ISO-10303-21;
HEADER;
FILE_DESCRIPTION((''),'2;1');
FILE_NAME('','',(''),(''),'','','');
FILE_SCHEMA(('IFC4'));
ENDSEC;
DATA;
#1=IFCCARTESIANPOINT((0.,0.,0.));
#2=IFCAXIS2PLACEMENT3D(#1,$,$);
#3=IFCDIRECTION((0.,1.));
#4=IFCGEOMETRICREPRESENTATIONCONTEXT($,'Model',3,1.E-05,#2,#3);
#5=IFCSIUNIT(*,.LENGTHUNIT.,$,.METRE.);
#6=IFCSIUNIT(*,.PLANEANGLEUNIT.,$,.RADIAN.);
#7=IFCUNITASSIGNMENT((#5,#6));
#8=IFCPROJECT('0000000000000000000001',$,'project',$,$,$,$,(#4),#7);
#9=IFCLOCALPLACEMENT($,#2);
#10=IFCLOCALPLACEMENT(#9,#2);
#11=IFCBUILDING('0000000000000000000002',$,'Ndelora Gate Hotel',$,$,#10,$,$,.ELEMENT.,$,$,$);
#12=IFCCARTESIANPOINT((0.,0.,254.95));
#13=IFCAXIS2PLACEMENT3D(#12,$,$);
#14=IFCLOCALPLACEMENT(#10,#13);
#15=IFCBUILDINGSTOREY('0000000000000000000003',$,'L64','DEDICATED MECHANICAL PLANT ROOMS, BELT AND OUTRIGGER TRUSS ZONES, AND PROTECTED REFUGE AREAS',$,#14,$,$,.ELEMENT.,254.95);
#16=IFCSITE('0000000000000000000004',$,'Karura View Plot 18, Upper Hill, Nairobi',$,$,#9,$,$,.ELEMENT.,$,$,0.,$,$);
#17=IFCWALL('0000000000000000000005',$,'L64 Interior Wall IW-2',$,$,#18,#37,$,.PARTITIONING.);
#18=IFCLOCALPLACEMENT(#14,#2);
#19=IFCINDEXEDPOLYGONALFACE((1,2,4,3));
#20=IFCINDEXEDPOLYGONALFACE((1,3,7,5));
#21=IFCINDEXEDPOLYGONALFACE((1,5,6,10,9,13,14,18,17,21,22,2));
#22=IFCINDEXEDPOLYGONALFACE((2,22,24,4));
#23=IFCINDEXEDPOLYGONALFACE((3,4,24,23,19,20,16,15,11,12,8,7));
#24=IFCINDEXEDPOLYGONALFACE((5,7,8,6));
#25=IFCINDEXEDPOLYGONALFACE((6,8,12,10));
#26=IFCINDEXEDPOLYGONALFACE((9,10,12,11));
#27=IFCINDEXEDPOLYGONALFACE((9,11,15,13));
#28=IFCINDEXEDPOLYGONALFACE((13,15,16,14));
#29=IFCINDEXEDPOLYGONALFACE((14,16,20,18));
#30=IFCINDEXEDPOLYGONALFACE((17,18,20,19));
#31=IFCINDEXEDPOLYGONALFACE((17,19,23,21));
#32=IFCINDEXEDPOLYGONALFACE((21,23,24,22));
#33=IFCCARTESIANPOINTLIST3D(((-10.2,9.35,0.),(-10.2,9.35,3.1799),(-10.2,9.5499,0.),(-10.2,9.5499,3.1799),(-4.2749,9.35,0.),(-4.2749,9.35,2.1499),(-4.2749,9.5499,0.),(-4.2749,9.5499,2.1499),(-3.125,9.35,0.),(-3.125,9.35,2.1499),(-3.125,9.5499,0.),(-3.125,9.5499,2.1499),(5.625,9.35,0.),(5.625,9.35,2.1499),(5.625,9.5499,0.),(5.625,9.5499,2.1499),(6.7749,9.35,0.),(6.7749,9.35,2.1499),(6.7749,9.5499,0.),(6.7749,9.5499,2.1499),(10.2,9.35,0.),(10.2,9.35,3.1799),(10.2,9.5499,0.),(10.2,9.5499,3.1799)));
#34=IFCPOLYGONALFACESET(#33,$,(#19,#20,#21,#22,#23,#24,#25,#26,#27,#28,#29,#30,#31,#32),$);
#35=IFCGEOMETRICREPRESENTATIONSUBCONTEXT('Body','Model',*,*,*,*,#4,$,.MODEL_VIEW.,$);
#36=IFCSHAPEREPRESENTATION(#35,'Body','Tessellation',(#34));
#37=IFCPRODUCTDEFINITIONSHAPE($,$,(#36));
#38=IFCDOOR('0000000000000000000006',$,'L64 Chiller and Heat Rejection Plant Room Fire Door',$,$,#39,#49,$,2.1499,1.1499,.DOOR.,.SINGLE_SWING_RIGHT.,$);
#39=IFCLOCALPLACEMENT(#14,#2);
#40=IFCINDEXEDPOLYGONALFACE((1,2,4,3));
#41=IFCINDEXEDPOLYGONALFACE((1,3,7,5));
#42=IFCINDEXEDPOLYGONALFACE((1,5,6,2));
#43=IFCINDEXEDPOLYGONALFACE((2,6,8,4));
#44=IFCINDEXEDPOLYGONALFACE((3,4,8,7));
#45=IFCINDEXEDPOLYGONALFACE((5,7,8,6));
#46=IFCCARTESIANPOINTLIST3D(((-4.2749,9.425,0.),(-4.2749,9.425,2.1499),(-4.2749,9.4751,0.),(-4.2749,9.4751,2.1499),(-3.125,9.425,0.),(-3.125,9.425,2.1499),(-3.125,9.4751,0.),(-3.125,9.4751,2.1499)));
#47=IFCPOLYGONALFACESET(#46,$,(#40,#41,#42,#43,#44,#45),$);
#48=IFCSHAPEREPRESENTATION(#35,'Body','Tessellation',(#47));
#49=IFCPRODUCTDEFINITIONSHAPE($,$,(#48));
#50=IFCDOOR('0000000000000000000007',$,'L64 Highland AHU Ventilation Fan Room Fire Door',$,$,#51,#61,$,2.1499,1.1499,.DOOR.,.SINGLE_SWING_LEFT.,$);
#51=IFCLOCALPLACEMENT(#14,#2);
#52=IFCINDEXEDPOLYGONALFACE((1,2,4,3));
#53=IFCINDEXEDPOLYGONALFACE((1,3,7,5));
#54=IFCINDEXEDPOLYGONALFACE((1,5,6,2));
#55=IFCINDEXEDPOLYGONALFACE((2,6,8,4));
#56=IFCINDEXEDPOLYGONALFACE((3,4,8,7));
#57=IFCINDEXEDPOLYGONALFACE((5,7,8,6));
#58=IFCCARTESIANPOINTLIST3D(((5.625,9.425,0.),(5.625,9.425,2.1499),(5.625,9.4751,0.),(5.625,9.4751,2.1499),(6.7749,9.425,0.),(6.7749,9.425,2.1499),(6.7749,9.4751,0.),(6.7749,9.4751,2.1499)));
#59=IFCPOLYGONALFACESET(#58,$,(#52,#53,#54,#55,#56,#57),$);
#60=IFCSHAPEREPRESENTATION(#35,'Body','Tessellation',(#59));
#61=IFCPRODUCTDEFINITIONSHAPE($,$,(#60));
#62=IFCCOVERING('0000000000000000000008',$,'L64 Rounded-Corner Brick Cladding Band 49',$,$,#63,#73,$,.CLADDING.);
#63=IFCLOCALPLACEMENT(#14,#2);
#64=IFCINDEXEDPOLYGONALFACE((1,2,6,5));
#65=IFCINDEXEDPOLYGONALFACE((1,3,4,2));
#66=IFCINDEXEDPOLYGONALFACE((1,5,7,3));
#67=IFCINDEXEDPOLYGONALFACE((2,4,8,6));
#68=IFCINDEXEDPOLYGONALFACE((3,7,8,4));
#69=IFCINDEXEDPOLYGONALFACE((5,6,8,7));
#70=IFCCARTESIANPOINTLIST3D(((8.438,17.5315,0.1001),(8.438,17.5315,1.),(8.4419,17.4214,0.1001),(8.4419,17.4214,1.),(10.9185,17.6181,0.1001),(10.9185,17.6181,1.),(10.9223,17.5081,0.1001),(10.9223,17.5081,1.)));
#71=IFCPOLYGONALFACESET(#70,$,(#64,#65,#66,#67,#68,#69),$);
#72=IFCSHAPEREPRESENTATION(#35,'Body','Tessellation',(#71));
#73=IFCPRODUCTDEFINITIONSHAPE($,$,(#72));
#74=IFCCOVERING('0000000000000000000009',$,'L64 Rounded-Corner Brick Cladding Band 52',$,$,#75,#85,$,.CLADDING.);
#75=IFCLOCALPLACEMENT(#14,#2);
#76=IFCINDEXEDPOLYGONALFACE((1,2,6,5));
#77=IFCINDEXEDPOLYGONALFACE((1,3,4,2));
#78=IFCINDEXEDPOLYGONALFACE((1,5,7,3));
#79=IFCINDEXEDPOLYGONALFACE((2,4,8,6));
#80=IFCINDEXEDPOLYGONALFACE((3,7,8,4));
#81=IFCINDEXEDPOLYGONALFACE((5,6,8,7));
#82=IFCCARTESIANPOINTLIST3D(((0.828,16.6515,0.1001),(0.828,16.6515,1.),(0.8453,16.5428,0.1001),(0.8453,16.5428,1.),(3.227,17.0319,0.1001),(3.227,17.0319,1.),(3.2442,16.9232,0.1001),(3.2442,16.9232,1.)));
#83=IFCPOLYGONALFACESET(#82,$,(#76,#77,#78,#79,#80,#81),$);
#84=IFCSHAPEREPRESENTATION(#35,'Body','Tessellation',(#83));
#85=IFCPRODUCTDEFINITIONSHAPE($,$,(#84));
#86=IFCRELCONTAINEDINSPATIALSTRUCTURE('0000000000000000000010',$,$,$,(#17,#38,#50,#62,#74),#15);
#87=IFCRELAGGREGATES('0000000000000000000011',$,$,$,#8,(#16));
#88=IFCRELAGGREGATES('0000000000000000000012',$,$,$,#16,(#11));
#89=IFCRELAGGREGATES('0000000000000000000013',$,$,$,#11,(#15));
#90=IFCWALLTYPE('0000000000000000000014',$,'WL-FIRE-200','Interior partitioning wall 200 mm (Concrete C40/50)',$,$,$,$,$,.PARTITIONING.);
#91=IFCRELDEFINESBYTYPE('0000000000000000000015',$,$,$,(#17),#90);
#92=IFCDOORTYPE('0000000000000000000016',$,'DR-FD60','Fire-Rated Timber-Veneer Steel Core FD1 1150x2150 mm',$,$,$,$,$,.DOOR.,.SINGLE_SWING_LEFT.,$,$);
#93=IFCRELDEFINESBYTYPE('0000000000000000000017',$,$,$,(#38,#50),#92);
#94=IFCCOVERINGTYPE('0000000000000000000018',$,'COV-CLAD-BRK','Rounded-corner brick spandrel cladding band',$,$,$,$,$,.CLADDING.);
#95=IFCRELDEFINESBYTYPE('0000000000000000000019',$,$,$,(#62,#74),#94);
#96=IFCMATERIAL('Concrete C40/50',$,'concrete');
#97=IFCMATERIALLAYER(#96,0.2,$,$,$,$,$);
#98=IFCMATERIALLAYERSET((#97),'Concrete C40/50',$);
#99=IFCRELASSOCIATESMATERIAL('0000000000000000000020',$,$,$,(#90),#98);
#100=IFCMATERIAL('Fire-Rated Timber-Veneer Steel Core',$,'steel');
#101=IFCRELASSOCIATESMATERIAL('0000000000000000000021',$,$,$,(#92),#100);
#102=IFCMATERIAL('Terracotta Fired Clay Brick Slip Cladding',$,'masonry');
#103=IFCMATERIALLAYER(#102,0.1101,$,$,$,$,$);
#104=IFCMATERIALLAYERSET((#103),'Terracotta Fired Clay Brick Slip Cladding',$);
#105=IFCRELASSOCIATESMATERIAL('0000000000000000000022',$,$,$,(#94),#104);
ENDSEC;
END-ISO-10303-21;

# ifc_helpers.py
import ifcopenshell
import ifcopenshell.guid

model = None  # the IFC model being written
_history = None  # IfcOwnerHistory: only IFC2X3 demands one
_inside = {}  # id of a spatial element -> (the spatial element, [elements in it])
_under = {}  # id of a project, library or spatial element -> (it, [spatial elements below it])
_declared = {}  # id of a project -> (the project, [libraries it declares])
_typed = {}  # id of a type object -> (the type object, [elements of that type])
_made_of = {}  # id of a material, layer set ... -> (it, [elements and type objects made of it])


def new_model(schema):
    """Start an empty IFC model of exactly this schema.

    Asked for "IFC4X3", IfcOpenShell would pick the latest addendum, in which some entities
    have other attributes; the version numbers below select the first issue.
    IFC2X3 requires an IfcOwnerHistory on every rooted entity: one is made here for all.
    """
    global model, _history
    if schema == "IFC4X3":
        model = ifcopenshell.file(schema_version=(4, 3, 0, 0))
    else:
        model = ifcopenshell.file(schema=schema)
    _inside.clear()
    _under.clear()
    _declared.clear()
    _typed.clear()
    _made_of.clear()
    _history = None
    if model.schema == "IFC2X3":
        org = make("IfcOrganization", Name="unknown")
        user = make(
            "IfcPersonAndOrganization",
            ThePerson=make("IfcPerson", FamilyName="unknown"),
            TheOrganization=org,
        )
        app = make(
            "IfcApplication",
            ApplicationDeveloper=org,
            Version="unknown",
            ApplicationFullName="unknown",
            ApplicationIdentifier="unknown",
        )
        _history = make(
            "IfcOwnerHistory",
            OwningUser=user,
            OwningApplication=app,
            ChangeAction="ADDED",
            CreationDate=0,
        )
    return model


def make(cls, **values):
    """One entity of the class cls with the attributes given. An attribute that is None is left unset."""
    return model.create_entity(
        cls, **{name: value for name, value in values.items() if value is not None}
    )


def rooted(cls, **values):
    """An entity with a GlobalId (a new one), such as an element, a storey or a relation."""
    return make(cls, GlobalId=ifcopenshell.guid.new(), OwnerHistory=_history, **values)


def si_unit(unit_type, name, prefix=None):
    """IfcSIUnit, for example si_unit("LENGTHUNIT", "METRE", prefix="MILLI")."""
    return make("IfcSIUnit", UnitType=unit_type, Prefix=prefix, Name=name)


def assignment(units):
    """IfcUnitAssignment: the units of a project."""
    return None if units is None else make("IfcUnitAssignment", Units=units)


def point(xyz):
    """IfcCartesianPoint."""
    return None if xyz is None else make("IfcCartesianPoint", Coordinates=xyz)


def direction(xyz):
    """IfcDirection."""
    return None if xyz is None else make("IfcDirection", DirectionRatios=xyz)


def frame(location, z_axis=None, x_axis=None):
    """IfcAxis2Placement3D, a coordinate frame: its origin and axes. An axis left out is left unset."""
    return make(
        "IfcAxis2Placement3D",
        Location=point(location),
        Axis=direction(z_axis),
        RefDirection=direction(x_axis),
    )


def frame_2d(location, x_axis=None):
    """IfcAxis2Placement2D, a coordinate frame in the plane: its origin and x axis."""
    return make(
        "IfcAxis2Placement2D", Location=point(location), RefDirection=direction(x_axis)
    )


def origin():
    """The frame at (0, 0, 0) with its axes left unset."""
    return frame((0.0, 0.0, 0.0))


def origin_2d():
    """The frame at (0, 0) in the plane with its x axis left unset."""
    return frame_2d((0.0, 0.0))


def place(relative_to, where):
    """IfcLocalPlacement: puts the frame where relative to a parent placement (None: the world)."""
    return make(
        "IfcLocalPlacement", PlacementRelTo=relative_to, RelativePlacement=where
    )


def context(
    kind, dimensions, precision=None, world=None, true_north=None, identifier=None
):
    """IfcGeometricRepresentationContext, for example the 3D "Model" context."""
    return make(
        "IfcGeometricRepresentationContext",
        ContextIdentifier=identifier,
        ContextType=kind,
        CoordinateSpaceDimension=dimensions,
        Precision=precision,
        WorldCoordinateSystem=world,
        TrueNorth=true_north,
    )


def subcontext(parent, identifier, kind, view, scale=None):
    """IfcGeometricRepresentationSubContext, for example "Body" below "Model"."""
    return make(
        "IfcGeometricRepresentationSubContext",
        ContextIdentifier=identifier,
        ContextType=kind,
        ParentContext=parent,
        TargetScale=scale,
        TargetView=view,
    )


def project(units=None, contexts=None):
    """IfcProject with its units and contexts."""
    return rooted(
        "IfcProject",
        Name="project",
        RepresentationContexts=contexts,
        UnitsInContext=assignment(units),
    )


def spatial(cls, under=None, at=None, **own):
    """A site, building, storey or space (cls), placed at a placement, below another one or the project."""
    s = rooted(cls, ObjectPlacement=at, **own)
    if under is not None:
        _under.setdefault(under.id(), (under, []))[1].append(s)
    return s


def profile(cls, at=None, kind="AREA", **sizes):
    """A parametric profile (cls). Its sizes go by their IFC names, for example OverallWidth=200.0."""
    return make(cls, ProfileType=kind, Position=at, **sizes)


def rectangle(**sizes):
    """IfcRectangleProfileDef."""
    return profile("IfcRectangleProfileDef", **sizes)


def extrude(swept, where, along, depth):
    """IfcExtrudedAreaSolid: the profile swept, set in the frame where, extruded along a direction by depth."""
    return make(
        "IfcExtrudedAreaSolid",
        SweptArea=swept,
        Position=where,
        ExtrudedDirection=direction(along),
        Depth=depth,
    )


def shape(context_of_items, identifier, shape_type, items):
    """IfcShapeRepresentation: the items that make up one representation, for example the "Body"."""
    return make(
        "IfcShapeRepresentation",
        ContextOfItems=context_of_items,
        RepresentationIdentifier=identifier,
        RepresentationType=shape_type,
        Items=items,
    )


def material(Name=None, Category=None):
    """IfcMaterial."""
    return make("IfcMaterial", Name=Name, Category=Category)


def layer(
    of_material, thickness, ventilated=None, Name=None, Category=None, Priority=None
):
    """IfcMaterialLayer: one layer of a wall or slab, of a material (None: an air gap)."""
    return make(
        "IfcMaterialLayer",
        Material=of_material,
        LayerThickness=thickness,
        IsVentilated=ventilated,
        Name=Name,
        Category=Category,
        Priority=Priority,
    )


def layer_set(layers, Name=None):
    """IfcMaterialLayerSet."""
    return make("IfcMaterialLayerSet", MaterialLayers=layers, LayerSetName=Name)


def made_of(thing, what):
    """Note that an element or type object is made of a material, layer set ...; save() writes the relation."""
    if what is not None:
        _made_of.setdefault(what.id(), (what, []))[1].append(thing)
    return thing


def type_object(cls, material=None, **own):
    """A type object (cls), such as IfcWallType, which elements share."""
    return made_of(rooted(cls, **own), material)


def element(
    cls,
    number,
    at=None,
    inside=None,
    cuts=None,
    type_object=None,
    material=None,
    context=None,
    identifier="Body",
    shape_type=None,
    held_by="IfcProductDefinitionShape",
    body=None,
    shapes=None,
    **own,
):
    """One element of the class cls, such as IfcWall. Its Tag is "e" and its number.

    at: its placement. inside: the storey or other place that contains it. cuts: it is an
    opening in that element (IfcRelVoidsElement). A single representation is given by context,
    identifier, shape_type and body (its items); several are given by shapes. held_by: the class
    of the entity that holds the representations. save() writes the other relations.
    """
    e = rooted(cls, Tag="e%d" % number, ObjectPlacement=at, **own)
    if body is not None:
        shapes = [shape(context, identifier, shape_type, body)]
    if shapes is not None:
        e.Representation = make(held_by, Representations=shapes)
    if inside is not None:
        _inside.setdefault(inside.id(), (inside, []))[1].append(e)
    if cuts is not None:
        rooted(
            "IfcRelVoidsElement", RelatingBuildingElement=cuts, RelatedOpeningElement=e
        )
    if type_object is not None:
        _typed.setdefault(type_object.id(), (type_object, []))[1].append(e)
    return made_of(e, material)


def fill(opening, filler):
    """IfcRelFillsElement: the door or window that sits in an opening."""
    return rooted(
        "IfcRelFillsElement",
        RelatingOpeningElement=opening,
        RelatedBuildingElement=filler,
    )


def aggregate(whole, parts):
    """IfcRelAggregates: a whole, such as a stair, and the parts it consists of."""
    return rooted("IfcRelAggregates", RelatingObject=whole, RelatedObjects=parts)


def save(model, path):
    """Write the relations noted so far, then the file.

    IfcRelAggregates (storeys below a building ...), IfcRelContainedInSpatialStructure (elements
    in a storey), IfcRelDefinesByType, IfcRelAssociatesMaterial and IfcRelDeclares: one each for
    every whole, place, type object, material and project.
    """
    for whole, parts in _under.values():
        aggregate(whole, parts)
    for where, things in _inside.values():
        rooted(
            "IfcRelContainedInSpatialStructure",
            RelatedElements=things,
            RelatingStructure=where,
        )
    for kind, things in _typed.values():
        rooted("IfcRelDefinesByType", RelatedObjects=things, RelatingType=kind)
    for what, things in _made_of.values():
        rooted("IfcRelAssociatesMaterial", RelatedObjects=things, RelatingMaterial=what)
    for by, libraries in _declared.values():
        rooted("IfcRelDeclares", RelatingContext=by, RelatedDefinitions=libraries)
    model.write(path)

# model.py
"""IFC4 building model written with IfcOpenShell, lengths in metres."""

from ifc_helpers import new_model, si_unit, direction, frame, frame_2d, origin, origin_2d, place, context, subcontext, project, spatial, rectangle, extrude, material, layer, layer_set, type_object, element, fill, save


model = new_model("IFC4")

# Units and contexts
model_context = context("Model", 3, precision=1e-05, world=origin(), true_north=direction((0.0, 1.0)))
body_context = subcontext(model_context, "Body", "Model", "MODEL_VIEW")
ifc_project = project(units=[si_unit("LENGTHUNIT", "METRE"), si_unit("PLANEANGLEUNIT", "RADIAN")], contexts=[model_context])

# Site, building, storey
site_placement = place(None, origin())
site = spatial("IfcSite", under=ifc_project, at=site_placement, Name="Karura View Plot 18, Upper Hill, Nairobi", CompositionType="ELEMENT", RefElevation=0.0)
building_placement = place(site_placement, origin())
building = spatial("IfcBuilding", under=site, at=building_placement, Name="Ndelora Gate Hotel", CompositionType="ELEMENT")
storey_placement = place(building_placement, frame((0.0, 0.0, 254.95)))
storey = spatial("IfcBuildingStorey", under=building, at=storey_placement, Name="L64", Description="DEDICATED MECHANICAL PLANT ROOMS, BELT AND OUTRIGGER TRUSS ZONES, AND PROTECTED REFUGE AREAS", CompositionType="ELEMENT", Elevation=254.95)

# Shared definitions
ifc_material_1 = material(Name="Concrete C40/50", Category="concrete")
ifc_layer_1 = layer(ifc_material_1, 0.2)
ifc_layer_set_1 = layer_set([ifc_layer_1], Name="Concrete C40/50")
wall_type_1 = type_object("IfcWallType", Name="WL-FIRE-200", Description="Interior partitioning wall 200 mm (Concrete C40/50)", PredefinedType="PARTITIONING", material=ifc_layer_set_1)

# Wall, openings, doors
wall_1_placement = place(storey_placement, frame((10.2, 9.45, 0.0), z_axis=(0.0, 0.0, 1.0), x_axis=(-1.0, 0.0, 0.0)))
wall_1 = element("IfcWall", 1, at=wall_1_placement, inside=storey, type_object=wall_type_1, Name="L64 Interior Wall IW-2", PredefinedType="PARTITIONING", context=body_context, shape_type="SweptSolid", body=[
    extrude(rectangle(XDim=20.3999, YDim=0.2, at=frame_2d((10.2, 0.0))), origin(), (0.0, 0.0, 1.0), 3.1799),
])
opening_1_placement = place(wall_1_placement, frame((13.325, 0.0, 0.0)))
opening_1 = element("IfcOpeningElement", 2, at=opening_1_placement, cuts=wall_1, PredefinedType="OPENING", context=body_context, shape_type="SweptSolid", body=[
    extrude(rectangle(XDim=1.1499, YDim=2.1499, at=frame_2d((0.575, 1.075))), frame((0.0, 0.1099, 0.0), z_axis=(0.0, -1.0, 0.0), x_axis=(1.0, 0.0, 0.0)), (0.0, 0.0, 1.0), 0.22),
])
opening_2_placement = place(wall_1_placement, frame((3.425, 0.0, 0.0)))
opening_2 = element("IfcOpeningElement", 3, at=opening_2_placement, cuts=wall_1, PredefinedType="OPENING", context=body_context, shape_type="SweptSolid", body=[
    extrude(rectangle(XDim=1.1499, YDim=2.1499, at=frame_2d((0.575, 1.075))), frame((0.0, 0.1099, 0.0), z_axis=(0.0, -1.0, 0.0), x_axis=(1.0, 0.0, 0.0)), (0.0, 0.0, 1.0), 0.22),
])
ifc_material_2 = material(Name="Fire-Rated Timber-Veneer Steel Core", Category="steel")
door_type = type_object("IfcDoorType", Name="DR-FD60", Description="Fire-Rated Timber-Veneer Steel Core FD1 1150x2150 mm", OperationType="SINGLE_SWING_LEFT", PredefinedType="DOOR", material=ifc_material_2)
door_1_placement = place(opening_1_placement, origin())
door_1 = element("IfcDoor", 4, at=door_1_placement, inside=storey, type_object=door_type, Name="L64 Chiller and Heat Rejection Plant Room Fire Door", OperationType="SINGLE_SWING_RIGHT", OverallHeight=2.1499, OverallWidth=1.1499, PredefinedType="DOOR", context=body_context, shape_type="SweptSolid", body=[
    extrude(rectangle(XDim=1.1499, YDim=2.1499, at=frame_2d((0.575, 1.075))), frame((0.0, 0.0249, 0.0), z_axis=(0.0, -1.0, 0.0), x_axis=(1.0, 0.0, 0.0)), (0.0, 0.0, 1.0), 0.05),
])
fill(opening_1, door_1)
door_2_placement = place(opening_2_placement, origin())
door_2 = element("IfcDoor", 5, at=door_2_placement, inside=storey, type_object=door_type, Name="L64 Highland AHU Ventilation Fan Room Fire Door", OperationType="SINGLE_SWING_LEFT", OverallHeight=2.1499, OverallWidth=1.1499, PredefinedType="DOOR", context=body_context, shape_type="SweptSolid", body=[
    extrude(rectangle(XDim=1.1499, YDim=2.1499, at=frame_2d((0.575, 1.075))), frame((0.0, 0.0249, 0.0), z_axis=(0.0, -1.0, 0.0), x_axis=(1.0, 0.0, 0.0)), (0.0, 0.0, 1.0), 0.05),
])
fill(opening_2, door_2)

# Coverings
ifc_material_3 = material(Name="Terracotta Fired Clay Brick Slip Cladding", Category="masonry")
ifc_layer_2 = layer(ifc_material_3, 0.1101)
ifc_layer_set_2 = layer_set([ifc_layer_2], Name="Terracotta Fired Clay Brick Slip Cladding")
covering_type = type_object("IfcCoveringType", Name="COV-CLAD-BRK", Description="Rounded-corner brick spandrel cladding band", PredefinedType="CLADDING", material=ifc_layer_set_2)
covering_1_placement = place(storey_placement, frame((9.6802, 17.5198, 0.1001), z_axis=(0.0, 0.0, 1.0), x_axis=(0.999391, 0.034899, 0.0)))
element("IfcCovering", 6, at=covering_1_placement, inside=storey, type_object=covering_type, Name="L64 Rounded-Corner Brick Cladding Band 49", PredefinedType="CLADDING", context=body_context, shape_type="SweptSolid", body=[
    extrude(rectangle(XDim=2.4819, YDim=0.1101, at=origin_2d()), origin(), (0.0, 0.0, 1.0), 0.8999),
])
covering_2_placement = place(storey_placement, frame((2.0361, 16.7874, 0.1001), z_axis=(0.0, 0.0, 1.0), x_axis=(0.987661, 0.156607, 0.0)))
element("IfcCovering", 7, at=covering_2_placement, inside=storey, type_object=covering_type, Name="L64 Rounded-Corner Brick Cladding Band 52", PredefinedType="CLADDING", context=body_context, shape_type="SweptSolid", body=[
    extrude(rectangle(XDim=2.429, YDim=0.1101, at=origin_2d()), origin(), (0.0, 0.0, 1.0), 0.8999),
])

save(model, "model.ifc")
